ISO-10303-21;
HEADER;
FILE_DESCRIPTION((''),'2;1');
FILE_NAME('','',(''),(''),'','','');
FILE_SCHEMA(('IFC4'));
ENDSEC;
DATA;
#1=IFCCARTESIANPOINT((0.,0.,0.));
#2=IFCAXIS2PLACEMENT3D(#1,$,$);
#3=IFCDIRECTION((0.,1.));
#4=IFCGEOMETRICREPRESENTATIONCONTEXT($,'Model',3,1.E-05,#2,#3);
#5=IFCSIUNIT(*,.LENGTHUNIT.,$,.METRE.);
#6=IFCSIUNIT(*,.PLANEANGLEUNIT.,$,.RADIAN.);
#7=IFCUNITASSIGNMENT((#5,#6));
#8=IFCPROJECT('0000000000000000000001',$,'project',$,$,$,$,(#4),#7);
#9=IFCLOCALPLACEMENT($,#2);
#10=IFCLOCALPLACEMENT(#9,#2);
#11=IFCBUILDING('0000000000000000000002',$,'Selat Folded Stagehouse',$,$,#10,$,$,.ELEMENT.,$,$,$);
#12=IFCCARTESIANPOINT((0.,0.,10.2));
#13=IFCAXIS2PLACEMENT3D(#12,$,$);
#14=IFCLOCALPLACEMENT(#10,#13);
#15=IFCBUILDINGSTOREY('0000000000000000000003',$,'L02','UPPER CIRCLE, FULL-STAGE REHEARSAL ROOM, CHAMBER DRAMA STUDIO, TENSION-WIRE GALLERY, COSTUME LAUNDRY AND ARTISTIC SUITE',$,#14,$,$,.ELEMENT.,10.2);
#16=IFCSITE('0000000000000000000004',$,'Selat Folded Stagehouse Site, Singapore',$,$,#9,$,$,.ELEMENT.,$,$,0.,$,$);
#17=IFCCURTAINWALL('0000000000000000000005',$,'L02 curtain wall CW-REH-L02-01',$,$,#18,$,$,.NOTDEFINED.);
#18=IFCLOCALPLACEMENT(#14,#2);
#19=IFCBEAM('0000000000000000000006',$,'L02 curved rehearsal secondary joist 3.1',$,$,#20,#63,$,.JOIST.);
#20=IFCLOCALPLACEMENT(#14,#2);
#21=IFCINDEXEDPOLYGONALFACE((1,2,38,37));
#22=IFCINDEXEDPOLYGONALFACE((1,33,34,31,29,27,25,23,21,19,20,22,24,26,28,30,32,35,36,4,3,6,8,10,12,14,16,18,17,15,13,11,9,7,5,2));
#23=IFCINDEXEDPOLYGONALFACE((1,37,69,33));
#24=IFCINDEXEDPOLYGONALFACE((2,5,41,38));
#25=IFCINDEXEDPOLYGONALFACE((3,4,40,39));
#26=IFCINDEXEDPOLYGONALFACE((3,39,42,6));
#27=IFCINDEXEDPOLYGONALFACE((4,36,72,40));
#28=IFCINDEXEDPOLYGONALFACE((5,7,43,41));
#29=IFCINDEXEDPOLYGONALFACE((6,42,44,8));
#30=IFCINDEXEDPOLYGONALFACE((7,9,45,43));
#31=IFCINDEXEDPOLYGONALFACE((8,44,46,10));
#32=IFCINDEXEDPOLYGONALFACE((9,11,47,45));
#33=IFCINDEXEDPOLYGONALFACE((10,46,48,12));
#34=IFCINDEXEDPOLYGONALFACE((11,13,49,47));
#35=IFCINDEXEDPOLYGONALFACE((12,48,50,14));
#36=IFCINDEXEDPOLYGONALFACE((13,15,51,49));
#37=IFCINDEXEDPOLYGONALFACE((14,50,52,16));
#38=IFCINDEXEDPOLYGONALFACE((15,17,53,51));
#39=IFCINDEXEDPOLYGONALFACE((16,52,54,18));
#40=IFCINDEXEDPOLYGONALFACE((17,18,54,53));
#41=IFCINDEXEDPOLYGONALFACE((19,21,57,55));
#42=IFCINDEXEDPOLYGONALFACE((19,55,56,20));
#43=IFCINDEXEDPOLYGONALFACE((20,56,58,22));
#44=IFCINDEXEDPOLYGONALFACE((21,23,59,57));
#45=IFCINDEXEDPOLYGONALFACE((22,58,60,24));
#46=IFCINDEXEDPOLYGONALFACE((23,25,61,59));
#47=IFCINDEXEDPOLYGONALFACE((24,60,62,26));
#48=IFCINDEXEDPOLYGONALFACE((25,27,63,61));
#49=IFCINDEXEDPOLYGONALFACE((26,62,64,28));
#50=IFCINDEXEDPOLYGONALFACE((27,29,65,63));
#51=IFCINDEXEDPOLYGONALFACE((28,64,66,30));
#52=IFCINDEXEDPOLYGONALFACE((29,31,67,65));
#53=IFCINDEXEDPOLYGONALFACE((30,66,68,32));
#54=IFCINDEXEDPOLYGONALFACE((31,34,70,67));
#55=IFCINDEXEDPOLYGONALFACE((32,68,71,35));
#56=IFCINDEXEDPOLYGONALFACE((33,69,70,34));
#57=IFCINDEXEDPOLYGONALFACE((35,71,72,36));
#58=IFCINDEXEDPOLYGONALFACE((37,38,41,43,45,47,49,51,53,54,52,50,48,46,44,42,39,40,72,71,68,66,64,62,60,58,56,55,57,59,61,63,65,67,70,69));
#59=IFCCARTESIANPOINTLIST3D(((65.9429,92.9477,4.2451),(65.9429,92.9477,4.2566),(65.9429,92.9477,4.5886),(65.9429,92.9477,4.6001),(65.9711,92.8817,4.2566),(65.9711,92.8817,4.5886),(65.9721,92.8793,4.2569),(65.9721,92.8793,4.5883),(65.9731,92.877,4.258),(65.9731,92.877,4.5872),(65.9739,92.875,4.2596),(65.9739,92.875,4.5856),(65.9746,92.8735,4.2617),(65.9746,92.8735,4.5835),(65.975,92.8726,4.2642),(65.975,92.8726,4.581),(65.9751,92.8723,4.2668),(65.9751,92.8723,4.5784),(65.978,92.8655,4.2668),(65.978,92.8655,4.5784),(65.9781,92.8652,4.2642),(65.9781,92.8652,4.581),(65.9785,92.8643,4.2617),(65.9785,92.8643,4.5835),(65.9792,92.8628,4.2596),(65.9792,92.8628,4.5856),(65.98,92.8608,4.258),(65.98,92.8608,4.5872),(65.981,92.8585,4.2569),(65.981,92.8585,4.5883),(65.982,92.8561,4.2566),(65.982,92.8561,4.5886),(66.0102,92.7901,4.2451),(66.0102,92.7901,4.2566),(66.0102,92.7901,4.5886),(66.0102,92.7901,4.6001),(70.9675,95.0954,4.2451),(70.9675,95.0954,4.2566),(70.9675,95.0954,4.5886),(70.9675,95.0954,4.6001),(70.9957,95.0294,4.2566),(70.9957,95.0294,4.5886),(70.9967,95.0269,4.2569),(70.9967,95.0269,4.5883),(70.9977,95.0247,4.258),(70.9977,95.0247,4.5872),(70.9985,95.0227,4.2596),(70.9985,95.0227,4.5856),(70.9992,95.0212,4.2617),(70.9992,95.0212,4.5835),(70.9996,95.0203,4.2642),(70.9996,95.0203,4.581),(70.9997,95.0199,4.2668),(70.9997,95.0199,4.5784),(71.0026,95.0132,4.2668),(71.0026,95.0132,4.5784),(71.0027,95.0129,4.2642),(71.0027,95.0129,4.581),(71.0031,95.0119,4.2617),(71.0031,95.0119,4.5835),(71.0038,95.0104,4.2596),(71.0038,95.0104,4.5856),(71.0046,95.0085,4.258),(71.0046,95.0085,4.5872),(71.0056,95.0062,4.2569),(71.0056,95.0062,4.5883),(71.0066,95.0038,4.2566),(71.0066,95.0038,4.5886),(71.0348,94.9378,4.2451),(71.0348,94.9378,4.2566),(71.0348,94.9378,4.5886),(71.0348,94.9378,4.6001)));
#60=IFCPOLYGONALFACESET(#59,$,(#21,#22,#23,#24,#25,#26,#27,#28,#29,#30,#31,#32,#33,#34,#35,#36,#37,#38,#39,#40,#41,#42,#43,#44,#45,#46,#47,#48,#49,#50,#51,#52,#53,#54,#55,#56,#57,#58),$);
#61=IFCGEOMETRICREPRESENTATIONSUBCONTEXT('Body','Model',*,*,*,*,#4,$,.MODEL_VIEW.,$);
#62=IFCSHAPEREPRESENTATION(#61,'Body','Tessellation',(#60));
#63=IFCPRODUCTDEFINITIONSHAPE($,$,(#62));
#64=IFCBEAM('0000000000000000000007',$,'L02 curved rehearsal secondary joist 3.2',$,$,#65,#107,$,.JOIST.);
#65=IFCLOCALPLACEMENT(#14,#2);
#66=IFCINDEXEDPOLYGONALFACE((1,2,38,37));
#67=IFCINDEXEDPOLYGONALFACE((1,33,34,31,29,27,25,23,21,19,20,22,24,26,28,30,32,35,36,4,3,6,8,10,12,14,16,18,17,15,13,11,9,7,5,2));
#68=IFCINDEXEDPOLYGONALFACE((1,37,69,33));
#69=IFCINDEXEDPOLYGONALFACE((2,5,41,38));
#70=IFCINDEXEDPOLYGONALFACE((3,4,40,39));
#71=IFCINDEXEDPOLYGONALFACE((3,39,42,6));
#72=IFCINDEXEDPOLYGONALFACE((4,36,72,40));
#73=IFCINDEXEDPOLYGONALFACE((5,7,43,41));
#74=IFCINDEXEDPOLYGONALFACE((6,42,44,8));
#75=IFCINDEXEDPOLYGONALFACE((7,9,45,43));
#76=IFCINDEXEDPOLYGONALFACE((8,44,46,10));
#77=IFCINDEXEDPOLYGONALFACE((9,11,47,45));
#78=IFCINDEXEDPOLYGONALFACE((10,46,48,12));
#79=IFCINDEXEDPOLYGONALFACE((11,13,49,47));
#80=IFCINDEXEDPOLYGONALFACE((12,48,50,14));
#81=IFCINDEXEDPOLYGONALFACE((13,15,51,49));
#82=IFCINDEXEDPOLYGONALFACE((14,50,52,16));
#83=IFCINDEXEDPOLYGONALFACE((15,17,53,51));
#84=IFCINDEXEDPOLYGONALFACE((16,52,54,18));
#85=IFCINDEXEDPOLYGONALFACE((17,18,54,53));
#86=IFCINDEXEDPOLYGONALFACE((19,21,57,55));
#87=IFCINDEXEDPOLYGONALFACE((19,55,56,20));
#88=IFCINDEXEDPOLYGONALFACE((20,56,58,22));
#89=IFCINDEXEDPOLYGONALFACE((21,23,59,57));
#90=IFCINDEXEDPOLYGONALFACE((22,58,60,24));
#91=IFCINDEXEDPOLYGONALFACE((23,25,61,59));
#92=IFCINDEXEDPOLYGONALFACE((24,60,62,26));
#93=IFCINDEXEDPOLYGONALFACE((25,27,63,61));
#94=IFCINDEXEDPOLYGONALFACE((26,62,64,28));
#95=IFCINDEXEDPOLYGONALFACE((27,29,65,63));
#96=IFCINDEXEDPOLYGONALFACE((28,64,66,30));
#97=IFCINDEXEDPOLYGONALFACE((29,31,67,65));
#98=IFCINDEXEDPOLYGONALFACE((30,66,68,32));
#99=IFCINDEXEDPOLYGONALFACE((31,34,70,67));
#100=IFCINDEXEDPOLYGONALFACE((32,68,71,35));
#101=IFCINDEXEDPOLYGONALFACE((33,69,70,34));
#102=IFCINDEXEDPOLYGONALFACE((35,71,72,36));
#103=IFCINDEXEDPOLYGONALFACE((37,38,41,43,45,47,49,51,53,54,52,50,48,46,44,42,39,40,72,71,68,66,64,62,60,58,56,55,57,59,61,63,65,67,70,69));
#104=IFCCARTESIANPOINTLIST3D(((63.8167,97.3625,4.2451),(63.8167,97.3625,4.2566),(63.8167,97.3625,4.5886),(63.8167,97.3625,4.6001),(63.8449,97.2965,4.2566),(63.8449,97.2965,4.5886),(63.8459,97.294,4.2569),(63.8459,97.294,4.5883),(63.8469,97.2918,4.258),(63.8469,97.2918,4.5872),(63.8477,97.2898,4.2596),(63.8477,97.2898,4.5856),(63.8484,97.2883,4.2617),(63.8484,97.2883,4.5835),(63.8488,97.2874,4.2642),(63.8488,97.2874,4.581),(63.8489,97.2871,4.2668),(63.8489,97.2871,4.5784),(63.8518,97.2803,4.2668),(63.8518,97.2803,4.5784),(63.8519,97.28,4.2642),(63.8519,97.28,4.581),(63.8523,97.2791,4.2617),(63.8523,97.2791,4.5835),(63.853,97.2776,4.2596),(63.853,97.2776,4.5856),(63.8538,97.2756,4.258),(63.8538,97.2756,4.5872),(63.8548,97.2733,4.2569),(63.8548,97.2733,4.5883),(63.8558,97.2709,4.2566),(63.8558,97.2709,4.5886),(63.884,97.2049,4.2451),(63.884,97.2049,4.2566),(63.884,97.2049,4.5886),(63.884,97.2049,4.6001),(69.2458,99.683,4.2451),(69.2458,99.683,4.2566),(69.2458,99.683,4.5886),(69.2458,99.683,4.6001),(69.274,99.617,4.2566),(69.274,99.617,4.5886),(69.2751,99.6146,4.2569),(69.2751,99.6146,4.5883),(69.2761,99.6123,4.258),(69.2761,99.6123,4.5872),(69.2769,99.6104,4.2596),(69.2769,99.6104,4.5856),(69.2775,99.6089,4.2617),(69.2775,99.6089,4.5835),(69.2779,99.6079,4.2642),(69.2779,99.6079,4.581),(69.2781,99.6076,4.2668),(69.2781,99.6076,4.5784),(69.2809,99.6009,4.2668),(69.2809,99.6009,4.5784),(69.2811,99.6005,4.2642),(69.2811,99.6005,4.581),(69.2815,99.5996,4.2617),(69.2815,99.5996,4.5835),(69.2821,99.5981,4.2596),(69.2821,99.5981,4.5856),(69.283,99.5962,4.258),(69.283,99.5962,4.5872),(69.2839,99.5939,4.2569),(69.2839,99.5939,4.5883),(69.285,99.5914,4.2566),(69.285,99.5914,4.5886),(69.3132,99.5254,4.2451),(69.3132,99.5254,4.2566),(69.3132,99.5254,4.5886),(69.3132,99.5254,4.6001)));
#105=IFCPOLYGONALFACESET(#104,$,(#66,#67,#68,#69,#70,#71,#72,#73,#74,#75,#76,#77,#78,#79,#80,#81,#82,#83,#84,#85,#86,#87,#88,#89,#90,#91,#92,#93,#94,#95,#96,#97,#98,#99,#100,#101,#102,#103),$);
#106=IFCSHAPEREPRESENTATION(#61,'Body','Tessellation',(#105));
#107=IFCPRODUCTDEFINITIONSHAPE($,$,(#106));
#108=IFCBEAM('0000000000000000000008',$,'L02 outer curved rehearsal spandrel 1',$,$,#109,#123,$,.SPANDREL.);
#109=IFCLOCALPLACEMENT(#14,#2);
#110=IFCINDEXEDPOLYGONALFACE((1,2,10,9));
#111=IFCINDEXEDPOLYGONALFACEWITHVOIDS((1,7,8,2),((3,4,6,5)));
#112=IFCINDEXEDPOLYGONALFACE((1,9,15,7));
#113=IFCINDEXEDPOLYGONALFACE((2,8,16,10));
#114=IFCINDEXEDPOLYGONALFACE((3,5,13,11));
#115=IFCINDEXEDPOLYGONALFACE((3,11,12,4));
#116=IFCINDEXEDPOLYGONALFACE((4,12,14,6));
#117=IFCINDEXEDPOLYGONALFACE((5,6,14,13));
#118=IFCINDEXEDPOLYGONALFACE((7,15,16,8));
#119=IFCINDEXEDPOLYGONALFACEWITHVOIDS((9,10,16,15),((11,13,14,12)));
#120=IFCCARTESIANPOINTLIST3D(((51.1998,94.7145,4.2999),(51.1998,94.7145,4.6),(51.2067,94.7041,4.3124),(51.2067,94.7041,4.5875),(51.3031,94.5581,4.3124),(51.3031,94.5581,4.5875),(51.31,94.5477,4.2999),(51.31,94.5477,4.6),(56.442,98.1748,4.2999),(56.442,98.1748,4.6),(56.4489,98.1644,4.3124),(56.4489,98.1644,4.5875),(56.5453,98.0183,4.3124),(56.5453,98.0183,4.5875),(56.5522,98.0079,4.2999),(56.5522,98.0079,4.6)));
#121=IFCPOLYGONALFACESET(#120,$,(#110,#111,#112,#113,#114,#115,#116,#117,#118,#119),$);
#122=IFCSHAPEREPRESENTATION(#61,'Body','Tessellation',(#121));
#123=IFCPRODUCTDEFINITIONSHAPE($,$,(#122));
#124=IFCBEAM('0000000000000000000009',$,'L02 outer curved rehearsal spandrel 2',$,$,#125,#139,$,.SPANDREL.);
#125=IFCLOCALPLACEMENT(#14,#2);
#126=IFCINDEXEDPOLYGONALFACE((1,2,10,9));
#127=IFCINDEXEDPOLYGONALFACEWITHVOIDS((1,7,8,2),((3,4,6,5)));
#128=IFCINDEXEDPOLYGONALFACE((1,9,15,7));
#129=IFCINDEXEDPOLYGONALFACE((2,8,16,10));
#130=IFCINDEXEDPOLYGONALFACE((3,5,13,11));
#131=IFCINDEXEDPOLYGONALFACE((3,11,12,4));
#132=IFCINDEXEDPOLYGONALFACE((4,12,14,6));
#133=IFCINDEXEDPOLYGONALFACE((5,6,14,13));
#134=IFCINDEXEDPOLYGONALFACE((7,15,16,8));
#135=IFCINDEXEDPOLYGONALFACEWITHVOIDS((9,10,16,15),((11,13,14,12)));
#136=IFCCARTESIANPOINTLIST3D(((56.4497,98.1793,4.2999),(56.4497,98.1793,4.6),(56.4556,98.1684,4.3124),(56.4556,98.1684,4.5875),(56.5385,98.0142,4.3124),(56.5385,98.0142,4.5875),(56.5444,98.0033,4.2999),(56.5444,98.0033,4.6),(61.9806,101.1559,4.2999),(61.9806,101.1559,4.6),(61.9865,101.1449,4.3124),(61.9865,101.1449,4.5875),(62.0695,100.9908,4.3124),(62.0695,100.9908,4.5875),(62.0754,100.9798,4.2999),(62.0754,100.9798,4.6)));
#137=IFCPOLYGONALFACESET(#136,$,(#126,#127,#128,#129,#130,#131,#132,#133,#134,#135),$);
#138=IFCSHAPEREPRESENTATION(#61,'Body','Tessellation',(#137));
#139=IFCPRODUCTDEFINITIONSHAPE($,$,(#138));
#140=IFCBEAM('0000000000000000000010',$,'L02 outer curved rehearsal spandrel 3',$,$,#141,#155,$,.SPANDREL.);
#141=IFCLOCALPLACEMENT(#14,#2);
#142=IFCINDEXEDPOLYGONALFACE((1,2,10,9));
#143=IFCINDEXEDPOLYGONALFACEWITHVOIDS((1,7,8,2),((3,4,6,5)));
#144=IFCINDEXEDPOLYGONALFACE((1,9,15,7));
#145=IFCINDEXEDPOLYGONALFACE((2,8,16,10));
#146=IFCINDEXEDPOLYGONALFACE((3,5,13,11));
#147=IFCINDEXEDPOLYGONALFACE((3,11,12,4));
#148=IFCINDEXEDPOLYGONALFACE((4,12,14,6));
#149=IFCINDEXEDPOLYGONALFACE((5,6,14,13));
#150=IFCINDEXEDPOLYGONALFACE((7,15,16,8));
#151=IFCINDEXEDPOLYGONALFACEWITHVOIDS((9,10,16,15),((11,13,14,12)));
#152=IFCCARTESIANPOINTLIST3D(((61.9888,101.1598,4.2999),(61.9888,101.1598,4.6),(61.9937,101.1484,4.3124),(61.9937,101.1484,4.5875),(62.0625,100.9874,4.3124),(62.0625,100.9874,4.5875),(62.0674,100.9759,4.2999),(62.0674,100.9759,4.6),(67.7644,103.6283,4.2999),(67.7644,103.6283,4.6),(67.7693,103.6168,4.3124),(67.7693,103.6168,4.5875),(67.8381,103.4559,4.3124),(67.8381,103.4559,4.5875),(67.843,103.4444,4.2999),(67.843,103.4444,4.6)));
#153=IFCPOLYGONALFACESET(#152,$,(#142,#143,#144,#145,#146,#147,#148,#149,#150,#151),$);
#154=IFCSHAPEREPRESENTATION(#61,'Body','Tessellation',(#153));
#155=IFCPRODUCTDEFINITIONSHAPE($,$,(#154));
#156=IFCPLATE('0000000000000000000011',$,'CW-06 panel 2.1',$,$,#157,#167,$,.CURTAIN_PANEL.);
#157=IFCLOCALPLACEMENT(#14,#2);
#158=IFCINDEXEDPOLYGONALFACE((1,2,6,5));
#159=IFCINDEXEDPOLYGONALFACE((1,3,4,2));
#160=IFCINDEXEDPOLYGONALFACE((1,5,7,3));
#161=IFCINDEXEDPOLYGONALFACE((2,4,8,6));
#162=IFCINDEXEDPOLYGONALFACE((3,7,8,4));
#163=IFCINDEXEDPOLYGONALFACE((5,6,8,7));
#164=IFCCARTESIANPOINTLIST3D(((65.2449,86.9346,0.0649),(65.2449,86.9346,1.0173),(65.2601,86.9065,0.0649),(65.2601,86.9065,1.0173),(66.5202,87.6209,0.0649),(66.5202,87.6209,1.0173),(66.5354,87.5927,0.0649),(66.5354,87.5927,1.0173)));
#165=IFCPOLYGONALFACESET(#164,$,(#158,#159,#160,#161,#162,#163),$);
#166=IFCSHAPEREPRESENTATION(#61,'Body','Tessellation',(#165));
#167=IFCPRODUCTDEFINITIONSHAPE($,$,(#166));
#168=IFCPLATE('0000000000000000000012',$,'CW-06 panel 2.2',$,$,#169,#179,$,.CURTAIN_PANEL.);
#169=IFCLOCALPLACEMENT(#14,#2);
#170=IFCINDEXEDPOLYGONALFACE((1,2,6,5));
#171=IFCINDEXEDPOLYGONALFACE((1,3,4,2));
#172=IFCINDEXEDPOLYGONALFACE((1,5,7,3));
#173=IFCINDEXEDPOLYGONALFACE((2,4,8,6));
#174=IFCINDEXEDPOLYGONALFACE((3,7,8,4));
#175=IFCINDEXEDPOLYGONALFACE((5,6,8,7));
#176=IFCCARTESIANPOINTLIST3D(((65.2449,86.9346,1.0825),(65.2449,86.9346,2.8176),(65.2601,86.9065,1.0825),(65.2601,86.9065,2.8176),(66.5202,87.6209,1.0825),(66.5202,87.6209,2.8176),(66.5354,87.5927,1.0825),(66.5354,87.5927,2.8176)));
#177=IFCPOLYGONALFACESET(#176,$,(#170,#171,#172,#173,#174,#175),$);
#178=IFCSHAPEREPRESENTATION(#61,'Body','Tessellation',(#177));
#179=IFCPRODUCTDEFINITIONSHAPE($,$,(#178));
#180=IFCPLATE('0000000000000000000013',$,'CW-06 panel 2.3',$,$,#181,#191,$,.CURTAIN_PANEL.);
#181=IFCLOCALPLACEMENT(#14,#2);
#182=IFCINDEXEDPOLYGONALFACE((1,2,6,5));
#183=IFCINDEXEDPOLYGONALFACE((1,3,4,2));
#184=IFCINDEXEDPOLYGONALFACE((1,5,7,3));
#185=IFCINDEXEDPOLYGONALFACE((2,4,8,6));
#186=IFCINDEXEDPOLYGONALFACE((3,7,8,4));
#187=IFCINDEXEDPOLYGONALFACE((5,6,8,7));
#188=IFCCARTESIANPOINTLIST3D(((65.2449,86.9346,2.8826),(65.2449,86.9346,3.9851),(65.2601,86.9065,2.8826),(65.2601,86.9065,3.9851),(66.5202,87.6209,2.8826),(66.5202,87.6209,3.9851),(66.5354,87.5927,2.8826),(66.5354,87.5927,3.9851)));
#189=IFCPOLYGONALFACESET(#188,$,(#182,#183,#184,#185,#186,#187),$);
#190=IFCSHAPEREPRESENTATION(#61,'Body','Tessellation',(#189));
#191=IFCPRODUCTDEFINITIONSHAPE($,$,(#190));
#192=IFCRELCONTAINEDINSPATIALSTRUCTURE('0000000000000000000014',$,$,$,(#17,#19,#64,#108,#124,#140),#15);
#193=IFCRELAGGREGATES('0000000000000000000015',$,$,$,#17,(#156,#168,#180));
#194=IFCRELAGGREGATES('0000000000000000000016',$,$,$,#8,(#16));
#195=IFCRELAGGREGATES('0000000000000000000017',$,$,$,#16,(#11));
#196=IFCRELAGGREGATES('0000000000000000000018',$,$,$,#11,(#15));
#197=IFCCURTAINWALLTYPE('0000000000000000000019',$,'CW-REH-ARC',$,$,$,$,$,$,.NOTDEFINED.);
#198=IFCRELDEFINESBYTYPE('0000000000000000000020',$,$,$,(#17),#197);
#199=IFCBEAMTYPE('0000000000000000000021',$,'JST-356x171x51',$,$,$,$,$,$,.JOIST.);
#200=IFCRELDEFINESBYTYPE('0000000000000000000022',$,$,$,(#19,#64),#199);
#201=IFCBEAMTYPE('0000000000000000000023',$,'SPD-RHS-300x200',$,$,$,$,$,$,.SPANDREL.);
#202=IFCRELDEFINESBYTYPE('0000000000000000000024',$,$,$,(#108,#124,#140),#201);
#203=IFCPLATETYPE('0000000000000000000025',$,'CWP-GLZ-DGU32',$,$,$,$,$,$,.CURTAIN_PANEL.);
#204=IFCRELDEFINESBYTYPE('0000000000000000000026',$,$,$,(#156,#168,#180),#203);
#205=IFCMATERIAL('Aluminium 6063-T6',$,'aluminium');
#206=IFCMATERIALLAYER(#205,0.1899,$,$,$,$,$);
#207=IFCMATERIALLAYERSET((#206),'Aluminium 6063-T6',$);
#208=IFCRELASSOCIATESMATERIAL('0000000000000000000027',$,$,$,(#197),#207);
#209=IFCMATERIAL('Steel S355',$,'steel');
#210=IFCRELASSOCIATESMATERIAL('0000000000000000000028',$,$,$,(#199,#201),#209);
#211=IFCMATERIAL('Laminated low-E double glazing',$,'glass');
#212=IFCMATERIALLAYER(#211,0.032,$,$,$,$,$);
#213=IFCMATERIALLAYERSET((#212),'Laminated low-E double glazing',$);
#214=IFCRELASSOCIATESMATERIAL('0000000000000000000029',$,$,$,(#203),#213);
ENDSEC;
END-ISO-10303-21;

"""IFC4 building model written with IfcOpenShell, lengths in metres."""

from ifc_helpers import new_model, si_unit, direction, frame, origin, origin_2d, place, context, subcontext, project, spatial, rectangle, hollow_rectangle, i_section, extrude, material, layer, layer_set, material_profile, profile_set, type_object, element, aggregate, save


model = new_model("IFC4")

# Units and contexts
model_context = context("Model", 3, precision=1e-05, world=origin(), true_north=direction((0.0, 1.0)))
body_context = subcontext(model_context, "Body", "Model", "MODEL_VIEW")
ifc_project = project(units=[si_unit("LENGTHUNIT", "METRE"), si_unit("PLANEANGLEUNIT", "RADIAN")], contexts=[model_context])

# Site, building, storey
site_placement = place(None, origin())
site = spatial("IfcSite", under=ifc_project, at=site_placement, Name="Selat Folded Stagehouse Site, Singapore", CompositionType="ELEMENT", RefElevation=0.0)
building_placement = place(site_placement, origin())
building = spatial("IfcBuilding", under=site, at=building_placement, Name="Selat Folded Stagehouse", CompositionType="ELEMENT")
storey_placement = place(building_placement, frame((0.0, 0.0, 10.2)))
storey = spatial("IfcBuildingStorey", under=building, at=storey_placement, Name="L02", Description="UPPER CIRCLE, FULL-STAGE REHEARSAL ROOM, CHAMBER DRAMA STUDIO, TENSION-WIRE GALLERY, COSTUME LAUNDRY AND ARTISTIC SUITE", CompositionType="ELEMENT", Elevation=10.2)

# Shared definitions
ifc_material_1 = material(Name="Steel S355", Category="steel")

# Curtain wall
ifc_material_2 = material(Name="Aluminium 6063-T6", Category="aluminium")
ifc_layer_1 = layer(ifc_material_2, 0.1899)
ifc_layer_set_1 = layer_set([ifc_layer_1], Name="Aluminium 6063-T6")
curtain_wall_type = type_object("IfcCurtainWallType", Name="CW-REH-ARC", PredefinedType="NOTDEFINED", material=ifc_layer_set_1)
curtain_wall_placement = place(storey_placement, origin())
curtain_wall = element("IfcCurtainWall", 1, at=curtain_wall_placement, inside=storey, type_object=curtain_wall_type, Name="L02 curtain wall CW-REH-L02-01", PredefinedType="NOTDEFINED")

# Beams
ifc_material_profile_1 = material_profile(ifc_material_1, i_section(OverallWidth=0.1714, OverallDepth=0.355, WebThickness=0.0073, FlangeThickness=0.0115, FilletRadius=0.0103, at=origin_2d()), Name="UKB 356x171x51")
ifc_profile_set_1 = profile_set([ifc_material_profile_1], Name="Steel S355")
beam_type_1 = type_object("IfcBeamType", Name="JST-356x171x51", PredefinedType="JOIST", material=ifc_profile_set_1)
beam_1_placement = place(storey_placement, frame((65.9766, 92.8689, 4.4226), z_axis=(0.919524, 0.393035, 0.0), x_axis=(-0.393035, 0.919524, 0.0)))
element("IfcBeam", 2, at=beam_1_placement, inside=storey, type_object=beam_type_1, Name="L02 curved rehearsal secondary joist 3.1", PredefinedType="JOIST", context=body_context, shape_type="SweptSolid", body=[
    extrude(i_section(OverallWidth=0.1714, OverallDepth=0.355, WebThickness=0.0073, FlangeThickness=0.0115, FilletRadius=0.0103, at=origin_2d()), origin(), (0.0, 0.0, 1.0), 5.4644),
])
beam_2_placement = place(storey_placement, frame((63.8503, 97.2837, 4.4226), z_axis=(0.919527, 0.393026, 0.0), x_axis=(-0.393026, 0.919527, 0.0)))
element("IfcBeam", 3, at=beam_2_placement, inside=storey, type_object=beam_type_1, Name="L02 curved rehearsal secondary joist 3.2", PredefinedType="JOIST", context=body_context, shape_type="SweptSolid", body=[
    extrude(i_section(OverallWidth=0.1714, OverallDepth=0.355, WebThickness=0.0073, FlangeThickness=0.0115, FilletRadius=0.0103, at=origin_2d()), origin(), (0.0, 0.0, 1.0), 5.9043),
])
ifc_material_profile_2 = material_profile(ifc_material_1, hollow_rectangle(XDim=0.2, YDim=0.3, WallThickness=0.0125, at=origin_2d()), Name="RHS 300x200x12.5")
ifc_profile_set_2 = profile_set([ifc_material_profile_2], Name="Steel S355")
beam_type_2 = type_object("IfcBeamType", Name="SPD-RHS-300x200", PredefinedType="SPANDREL", material=ifc_profile_set_2)
beam_3_placement = place(storey_placement, frame((51.2549, 94.6311, 4.45), z_axis=(0.834583, 0.550882, 0.0), x_axis=(-0.550882, 0.834583, 0.0)))
element("IfcBeam", 4, at=beam_3_placement, inside=storey, type_object=beam_type_2, Name="L02 outer curved rehearsal spandrel 1", PredefinedType="SPANDREL", context=body_context, shape_type="SweptSolid", body=[
    extrude(hollow_rectangle(XDim=0.2, YDim=0.3, WallThickness=0.0125, at=origin_2d()), origin(), (0.0, 0.0, 1.0), 6.2812),
])
for number, where, z_axis, x_axis, name in (
    (5, (56.4971, 98.0913, 4.45), (0.880582, 0.473894, 0.0), (-0.473894, 0.880582, 0.0), "L02 outer curved rehearsal spandrel 2"),
    (6, (62.0281, 101.0679, 4.45), (0.919535, 0.393009, 0.0), (-0.393009, 0.919535, 0.0), "L02 outer curved rehearsal spandrel 3"),
):
    element("IfcBeam", number, at=place(storey_placement, frame(where, z_axis=z_axis, x_axis=x_axis)), inside=storey, type_object=beam_type_2, Name=name, PredefinedType="SPANDREL", context=body_context, shape_type="SweptSolid", body=[
        extrude(hollow_rectangle(XDim=0.2, YDim=0.3, WallThickness=0.0125, at=origin_2d()), origin(), (0.0, 0.0, 1.0), 6.281),
    ])

# Plates
ifc_material_3 = material(Name="Laminated low-E double glazing", Category="glass")
ifc_layer_2 = layer(ifc_material_3, 0.032)
ifc_layer_set_2 = layer_set([ifc_layer_2], Name="Laminated low-E double glazing")
plate_type = type_object("IfcPlateType", Name="CWP-GLZ-DGU32", PredefinedType="CURTAIN_PANEL", material=ifc_layer_set_2)
plate_1_placement = place(storey_placement, frame((65.8901, 87.2637, 0.0649), z_axis=(0.0, 0.0, 1.0), x_axis=(-0.880601, -0.473859, 0.0)))
plate_1 = element("IfcPlate", 7, at=plate_1_placement, type_object=plate_type, Name="CW-06 panel 2.1", PredefinedType="CURTAIN_PANEL", context=body_context, shape_type="SweptSolid", body=[
    extrude(rectangle(XDim=1.4482, YDim=0.032, at=origin_2d()), origin(), (0.0, 0.0, 1.0), 0.9524),
])
plate_2_placement = place(storey_placement, frame((65.8901, 87.2637, 1.0825), z_axis=(0.0, 0.0, 1.0), x_axis=(-0.880601, -0.473859, 0.0)))
plate_2 = element("IfcPlate", 8, at=plate_2_placement, type_object=plate_type, Name="CW-06 panel 2.2", PredefinedType="CURTAIN_PANEL", context=body_context, shape_type="SweptSolid", body=[
    extrude(rectangle(XDim=1.4482, YDim=0.032, at=origin_2d()), origin(), (0.0, 0.0, 1.0), 1.7351),
])
plate_3_placement = place(storey_placement, frame((65.8901, 87.2637, 2.8826), z_axis=(0.0, 0.0, 1.0), x_axis=(-0.880601, -0.473859, 0.0)))
plate_3 = element("IfcPlate", 9, at=plate_3_placement, type_object=plate_type, Name="CW-06 panel 2.3", PredefinedType="CURTAIN_PANEL", context=body_context, shape_type="SweptSolid", body=[
    extrude(rectangle(XDim=1.4482, YDim=0.032, at=origin_2d()), origin(), (0.0, 0.0, 1.0), 1.1025),
])
aggregate(curtain_wall, [plate_1, plate_2, plate_3])

save(model, "model.ifc")
